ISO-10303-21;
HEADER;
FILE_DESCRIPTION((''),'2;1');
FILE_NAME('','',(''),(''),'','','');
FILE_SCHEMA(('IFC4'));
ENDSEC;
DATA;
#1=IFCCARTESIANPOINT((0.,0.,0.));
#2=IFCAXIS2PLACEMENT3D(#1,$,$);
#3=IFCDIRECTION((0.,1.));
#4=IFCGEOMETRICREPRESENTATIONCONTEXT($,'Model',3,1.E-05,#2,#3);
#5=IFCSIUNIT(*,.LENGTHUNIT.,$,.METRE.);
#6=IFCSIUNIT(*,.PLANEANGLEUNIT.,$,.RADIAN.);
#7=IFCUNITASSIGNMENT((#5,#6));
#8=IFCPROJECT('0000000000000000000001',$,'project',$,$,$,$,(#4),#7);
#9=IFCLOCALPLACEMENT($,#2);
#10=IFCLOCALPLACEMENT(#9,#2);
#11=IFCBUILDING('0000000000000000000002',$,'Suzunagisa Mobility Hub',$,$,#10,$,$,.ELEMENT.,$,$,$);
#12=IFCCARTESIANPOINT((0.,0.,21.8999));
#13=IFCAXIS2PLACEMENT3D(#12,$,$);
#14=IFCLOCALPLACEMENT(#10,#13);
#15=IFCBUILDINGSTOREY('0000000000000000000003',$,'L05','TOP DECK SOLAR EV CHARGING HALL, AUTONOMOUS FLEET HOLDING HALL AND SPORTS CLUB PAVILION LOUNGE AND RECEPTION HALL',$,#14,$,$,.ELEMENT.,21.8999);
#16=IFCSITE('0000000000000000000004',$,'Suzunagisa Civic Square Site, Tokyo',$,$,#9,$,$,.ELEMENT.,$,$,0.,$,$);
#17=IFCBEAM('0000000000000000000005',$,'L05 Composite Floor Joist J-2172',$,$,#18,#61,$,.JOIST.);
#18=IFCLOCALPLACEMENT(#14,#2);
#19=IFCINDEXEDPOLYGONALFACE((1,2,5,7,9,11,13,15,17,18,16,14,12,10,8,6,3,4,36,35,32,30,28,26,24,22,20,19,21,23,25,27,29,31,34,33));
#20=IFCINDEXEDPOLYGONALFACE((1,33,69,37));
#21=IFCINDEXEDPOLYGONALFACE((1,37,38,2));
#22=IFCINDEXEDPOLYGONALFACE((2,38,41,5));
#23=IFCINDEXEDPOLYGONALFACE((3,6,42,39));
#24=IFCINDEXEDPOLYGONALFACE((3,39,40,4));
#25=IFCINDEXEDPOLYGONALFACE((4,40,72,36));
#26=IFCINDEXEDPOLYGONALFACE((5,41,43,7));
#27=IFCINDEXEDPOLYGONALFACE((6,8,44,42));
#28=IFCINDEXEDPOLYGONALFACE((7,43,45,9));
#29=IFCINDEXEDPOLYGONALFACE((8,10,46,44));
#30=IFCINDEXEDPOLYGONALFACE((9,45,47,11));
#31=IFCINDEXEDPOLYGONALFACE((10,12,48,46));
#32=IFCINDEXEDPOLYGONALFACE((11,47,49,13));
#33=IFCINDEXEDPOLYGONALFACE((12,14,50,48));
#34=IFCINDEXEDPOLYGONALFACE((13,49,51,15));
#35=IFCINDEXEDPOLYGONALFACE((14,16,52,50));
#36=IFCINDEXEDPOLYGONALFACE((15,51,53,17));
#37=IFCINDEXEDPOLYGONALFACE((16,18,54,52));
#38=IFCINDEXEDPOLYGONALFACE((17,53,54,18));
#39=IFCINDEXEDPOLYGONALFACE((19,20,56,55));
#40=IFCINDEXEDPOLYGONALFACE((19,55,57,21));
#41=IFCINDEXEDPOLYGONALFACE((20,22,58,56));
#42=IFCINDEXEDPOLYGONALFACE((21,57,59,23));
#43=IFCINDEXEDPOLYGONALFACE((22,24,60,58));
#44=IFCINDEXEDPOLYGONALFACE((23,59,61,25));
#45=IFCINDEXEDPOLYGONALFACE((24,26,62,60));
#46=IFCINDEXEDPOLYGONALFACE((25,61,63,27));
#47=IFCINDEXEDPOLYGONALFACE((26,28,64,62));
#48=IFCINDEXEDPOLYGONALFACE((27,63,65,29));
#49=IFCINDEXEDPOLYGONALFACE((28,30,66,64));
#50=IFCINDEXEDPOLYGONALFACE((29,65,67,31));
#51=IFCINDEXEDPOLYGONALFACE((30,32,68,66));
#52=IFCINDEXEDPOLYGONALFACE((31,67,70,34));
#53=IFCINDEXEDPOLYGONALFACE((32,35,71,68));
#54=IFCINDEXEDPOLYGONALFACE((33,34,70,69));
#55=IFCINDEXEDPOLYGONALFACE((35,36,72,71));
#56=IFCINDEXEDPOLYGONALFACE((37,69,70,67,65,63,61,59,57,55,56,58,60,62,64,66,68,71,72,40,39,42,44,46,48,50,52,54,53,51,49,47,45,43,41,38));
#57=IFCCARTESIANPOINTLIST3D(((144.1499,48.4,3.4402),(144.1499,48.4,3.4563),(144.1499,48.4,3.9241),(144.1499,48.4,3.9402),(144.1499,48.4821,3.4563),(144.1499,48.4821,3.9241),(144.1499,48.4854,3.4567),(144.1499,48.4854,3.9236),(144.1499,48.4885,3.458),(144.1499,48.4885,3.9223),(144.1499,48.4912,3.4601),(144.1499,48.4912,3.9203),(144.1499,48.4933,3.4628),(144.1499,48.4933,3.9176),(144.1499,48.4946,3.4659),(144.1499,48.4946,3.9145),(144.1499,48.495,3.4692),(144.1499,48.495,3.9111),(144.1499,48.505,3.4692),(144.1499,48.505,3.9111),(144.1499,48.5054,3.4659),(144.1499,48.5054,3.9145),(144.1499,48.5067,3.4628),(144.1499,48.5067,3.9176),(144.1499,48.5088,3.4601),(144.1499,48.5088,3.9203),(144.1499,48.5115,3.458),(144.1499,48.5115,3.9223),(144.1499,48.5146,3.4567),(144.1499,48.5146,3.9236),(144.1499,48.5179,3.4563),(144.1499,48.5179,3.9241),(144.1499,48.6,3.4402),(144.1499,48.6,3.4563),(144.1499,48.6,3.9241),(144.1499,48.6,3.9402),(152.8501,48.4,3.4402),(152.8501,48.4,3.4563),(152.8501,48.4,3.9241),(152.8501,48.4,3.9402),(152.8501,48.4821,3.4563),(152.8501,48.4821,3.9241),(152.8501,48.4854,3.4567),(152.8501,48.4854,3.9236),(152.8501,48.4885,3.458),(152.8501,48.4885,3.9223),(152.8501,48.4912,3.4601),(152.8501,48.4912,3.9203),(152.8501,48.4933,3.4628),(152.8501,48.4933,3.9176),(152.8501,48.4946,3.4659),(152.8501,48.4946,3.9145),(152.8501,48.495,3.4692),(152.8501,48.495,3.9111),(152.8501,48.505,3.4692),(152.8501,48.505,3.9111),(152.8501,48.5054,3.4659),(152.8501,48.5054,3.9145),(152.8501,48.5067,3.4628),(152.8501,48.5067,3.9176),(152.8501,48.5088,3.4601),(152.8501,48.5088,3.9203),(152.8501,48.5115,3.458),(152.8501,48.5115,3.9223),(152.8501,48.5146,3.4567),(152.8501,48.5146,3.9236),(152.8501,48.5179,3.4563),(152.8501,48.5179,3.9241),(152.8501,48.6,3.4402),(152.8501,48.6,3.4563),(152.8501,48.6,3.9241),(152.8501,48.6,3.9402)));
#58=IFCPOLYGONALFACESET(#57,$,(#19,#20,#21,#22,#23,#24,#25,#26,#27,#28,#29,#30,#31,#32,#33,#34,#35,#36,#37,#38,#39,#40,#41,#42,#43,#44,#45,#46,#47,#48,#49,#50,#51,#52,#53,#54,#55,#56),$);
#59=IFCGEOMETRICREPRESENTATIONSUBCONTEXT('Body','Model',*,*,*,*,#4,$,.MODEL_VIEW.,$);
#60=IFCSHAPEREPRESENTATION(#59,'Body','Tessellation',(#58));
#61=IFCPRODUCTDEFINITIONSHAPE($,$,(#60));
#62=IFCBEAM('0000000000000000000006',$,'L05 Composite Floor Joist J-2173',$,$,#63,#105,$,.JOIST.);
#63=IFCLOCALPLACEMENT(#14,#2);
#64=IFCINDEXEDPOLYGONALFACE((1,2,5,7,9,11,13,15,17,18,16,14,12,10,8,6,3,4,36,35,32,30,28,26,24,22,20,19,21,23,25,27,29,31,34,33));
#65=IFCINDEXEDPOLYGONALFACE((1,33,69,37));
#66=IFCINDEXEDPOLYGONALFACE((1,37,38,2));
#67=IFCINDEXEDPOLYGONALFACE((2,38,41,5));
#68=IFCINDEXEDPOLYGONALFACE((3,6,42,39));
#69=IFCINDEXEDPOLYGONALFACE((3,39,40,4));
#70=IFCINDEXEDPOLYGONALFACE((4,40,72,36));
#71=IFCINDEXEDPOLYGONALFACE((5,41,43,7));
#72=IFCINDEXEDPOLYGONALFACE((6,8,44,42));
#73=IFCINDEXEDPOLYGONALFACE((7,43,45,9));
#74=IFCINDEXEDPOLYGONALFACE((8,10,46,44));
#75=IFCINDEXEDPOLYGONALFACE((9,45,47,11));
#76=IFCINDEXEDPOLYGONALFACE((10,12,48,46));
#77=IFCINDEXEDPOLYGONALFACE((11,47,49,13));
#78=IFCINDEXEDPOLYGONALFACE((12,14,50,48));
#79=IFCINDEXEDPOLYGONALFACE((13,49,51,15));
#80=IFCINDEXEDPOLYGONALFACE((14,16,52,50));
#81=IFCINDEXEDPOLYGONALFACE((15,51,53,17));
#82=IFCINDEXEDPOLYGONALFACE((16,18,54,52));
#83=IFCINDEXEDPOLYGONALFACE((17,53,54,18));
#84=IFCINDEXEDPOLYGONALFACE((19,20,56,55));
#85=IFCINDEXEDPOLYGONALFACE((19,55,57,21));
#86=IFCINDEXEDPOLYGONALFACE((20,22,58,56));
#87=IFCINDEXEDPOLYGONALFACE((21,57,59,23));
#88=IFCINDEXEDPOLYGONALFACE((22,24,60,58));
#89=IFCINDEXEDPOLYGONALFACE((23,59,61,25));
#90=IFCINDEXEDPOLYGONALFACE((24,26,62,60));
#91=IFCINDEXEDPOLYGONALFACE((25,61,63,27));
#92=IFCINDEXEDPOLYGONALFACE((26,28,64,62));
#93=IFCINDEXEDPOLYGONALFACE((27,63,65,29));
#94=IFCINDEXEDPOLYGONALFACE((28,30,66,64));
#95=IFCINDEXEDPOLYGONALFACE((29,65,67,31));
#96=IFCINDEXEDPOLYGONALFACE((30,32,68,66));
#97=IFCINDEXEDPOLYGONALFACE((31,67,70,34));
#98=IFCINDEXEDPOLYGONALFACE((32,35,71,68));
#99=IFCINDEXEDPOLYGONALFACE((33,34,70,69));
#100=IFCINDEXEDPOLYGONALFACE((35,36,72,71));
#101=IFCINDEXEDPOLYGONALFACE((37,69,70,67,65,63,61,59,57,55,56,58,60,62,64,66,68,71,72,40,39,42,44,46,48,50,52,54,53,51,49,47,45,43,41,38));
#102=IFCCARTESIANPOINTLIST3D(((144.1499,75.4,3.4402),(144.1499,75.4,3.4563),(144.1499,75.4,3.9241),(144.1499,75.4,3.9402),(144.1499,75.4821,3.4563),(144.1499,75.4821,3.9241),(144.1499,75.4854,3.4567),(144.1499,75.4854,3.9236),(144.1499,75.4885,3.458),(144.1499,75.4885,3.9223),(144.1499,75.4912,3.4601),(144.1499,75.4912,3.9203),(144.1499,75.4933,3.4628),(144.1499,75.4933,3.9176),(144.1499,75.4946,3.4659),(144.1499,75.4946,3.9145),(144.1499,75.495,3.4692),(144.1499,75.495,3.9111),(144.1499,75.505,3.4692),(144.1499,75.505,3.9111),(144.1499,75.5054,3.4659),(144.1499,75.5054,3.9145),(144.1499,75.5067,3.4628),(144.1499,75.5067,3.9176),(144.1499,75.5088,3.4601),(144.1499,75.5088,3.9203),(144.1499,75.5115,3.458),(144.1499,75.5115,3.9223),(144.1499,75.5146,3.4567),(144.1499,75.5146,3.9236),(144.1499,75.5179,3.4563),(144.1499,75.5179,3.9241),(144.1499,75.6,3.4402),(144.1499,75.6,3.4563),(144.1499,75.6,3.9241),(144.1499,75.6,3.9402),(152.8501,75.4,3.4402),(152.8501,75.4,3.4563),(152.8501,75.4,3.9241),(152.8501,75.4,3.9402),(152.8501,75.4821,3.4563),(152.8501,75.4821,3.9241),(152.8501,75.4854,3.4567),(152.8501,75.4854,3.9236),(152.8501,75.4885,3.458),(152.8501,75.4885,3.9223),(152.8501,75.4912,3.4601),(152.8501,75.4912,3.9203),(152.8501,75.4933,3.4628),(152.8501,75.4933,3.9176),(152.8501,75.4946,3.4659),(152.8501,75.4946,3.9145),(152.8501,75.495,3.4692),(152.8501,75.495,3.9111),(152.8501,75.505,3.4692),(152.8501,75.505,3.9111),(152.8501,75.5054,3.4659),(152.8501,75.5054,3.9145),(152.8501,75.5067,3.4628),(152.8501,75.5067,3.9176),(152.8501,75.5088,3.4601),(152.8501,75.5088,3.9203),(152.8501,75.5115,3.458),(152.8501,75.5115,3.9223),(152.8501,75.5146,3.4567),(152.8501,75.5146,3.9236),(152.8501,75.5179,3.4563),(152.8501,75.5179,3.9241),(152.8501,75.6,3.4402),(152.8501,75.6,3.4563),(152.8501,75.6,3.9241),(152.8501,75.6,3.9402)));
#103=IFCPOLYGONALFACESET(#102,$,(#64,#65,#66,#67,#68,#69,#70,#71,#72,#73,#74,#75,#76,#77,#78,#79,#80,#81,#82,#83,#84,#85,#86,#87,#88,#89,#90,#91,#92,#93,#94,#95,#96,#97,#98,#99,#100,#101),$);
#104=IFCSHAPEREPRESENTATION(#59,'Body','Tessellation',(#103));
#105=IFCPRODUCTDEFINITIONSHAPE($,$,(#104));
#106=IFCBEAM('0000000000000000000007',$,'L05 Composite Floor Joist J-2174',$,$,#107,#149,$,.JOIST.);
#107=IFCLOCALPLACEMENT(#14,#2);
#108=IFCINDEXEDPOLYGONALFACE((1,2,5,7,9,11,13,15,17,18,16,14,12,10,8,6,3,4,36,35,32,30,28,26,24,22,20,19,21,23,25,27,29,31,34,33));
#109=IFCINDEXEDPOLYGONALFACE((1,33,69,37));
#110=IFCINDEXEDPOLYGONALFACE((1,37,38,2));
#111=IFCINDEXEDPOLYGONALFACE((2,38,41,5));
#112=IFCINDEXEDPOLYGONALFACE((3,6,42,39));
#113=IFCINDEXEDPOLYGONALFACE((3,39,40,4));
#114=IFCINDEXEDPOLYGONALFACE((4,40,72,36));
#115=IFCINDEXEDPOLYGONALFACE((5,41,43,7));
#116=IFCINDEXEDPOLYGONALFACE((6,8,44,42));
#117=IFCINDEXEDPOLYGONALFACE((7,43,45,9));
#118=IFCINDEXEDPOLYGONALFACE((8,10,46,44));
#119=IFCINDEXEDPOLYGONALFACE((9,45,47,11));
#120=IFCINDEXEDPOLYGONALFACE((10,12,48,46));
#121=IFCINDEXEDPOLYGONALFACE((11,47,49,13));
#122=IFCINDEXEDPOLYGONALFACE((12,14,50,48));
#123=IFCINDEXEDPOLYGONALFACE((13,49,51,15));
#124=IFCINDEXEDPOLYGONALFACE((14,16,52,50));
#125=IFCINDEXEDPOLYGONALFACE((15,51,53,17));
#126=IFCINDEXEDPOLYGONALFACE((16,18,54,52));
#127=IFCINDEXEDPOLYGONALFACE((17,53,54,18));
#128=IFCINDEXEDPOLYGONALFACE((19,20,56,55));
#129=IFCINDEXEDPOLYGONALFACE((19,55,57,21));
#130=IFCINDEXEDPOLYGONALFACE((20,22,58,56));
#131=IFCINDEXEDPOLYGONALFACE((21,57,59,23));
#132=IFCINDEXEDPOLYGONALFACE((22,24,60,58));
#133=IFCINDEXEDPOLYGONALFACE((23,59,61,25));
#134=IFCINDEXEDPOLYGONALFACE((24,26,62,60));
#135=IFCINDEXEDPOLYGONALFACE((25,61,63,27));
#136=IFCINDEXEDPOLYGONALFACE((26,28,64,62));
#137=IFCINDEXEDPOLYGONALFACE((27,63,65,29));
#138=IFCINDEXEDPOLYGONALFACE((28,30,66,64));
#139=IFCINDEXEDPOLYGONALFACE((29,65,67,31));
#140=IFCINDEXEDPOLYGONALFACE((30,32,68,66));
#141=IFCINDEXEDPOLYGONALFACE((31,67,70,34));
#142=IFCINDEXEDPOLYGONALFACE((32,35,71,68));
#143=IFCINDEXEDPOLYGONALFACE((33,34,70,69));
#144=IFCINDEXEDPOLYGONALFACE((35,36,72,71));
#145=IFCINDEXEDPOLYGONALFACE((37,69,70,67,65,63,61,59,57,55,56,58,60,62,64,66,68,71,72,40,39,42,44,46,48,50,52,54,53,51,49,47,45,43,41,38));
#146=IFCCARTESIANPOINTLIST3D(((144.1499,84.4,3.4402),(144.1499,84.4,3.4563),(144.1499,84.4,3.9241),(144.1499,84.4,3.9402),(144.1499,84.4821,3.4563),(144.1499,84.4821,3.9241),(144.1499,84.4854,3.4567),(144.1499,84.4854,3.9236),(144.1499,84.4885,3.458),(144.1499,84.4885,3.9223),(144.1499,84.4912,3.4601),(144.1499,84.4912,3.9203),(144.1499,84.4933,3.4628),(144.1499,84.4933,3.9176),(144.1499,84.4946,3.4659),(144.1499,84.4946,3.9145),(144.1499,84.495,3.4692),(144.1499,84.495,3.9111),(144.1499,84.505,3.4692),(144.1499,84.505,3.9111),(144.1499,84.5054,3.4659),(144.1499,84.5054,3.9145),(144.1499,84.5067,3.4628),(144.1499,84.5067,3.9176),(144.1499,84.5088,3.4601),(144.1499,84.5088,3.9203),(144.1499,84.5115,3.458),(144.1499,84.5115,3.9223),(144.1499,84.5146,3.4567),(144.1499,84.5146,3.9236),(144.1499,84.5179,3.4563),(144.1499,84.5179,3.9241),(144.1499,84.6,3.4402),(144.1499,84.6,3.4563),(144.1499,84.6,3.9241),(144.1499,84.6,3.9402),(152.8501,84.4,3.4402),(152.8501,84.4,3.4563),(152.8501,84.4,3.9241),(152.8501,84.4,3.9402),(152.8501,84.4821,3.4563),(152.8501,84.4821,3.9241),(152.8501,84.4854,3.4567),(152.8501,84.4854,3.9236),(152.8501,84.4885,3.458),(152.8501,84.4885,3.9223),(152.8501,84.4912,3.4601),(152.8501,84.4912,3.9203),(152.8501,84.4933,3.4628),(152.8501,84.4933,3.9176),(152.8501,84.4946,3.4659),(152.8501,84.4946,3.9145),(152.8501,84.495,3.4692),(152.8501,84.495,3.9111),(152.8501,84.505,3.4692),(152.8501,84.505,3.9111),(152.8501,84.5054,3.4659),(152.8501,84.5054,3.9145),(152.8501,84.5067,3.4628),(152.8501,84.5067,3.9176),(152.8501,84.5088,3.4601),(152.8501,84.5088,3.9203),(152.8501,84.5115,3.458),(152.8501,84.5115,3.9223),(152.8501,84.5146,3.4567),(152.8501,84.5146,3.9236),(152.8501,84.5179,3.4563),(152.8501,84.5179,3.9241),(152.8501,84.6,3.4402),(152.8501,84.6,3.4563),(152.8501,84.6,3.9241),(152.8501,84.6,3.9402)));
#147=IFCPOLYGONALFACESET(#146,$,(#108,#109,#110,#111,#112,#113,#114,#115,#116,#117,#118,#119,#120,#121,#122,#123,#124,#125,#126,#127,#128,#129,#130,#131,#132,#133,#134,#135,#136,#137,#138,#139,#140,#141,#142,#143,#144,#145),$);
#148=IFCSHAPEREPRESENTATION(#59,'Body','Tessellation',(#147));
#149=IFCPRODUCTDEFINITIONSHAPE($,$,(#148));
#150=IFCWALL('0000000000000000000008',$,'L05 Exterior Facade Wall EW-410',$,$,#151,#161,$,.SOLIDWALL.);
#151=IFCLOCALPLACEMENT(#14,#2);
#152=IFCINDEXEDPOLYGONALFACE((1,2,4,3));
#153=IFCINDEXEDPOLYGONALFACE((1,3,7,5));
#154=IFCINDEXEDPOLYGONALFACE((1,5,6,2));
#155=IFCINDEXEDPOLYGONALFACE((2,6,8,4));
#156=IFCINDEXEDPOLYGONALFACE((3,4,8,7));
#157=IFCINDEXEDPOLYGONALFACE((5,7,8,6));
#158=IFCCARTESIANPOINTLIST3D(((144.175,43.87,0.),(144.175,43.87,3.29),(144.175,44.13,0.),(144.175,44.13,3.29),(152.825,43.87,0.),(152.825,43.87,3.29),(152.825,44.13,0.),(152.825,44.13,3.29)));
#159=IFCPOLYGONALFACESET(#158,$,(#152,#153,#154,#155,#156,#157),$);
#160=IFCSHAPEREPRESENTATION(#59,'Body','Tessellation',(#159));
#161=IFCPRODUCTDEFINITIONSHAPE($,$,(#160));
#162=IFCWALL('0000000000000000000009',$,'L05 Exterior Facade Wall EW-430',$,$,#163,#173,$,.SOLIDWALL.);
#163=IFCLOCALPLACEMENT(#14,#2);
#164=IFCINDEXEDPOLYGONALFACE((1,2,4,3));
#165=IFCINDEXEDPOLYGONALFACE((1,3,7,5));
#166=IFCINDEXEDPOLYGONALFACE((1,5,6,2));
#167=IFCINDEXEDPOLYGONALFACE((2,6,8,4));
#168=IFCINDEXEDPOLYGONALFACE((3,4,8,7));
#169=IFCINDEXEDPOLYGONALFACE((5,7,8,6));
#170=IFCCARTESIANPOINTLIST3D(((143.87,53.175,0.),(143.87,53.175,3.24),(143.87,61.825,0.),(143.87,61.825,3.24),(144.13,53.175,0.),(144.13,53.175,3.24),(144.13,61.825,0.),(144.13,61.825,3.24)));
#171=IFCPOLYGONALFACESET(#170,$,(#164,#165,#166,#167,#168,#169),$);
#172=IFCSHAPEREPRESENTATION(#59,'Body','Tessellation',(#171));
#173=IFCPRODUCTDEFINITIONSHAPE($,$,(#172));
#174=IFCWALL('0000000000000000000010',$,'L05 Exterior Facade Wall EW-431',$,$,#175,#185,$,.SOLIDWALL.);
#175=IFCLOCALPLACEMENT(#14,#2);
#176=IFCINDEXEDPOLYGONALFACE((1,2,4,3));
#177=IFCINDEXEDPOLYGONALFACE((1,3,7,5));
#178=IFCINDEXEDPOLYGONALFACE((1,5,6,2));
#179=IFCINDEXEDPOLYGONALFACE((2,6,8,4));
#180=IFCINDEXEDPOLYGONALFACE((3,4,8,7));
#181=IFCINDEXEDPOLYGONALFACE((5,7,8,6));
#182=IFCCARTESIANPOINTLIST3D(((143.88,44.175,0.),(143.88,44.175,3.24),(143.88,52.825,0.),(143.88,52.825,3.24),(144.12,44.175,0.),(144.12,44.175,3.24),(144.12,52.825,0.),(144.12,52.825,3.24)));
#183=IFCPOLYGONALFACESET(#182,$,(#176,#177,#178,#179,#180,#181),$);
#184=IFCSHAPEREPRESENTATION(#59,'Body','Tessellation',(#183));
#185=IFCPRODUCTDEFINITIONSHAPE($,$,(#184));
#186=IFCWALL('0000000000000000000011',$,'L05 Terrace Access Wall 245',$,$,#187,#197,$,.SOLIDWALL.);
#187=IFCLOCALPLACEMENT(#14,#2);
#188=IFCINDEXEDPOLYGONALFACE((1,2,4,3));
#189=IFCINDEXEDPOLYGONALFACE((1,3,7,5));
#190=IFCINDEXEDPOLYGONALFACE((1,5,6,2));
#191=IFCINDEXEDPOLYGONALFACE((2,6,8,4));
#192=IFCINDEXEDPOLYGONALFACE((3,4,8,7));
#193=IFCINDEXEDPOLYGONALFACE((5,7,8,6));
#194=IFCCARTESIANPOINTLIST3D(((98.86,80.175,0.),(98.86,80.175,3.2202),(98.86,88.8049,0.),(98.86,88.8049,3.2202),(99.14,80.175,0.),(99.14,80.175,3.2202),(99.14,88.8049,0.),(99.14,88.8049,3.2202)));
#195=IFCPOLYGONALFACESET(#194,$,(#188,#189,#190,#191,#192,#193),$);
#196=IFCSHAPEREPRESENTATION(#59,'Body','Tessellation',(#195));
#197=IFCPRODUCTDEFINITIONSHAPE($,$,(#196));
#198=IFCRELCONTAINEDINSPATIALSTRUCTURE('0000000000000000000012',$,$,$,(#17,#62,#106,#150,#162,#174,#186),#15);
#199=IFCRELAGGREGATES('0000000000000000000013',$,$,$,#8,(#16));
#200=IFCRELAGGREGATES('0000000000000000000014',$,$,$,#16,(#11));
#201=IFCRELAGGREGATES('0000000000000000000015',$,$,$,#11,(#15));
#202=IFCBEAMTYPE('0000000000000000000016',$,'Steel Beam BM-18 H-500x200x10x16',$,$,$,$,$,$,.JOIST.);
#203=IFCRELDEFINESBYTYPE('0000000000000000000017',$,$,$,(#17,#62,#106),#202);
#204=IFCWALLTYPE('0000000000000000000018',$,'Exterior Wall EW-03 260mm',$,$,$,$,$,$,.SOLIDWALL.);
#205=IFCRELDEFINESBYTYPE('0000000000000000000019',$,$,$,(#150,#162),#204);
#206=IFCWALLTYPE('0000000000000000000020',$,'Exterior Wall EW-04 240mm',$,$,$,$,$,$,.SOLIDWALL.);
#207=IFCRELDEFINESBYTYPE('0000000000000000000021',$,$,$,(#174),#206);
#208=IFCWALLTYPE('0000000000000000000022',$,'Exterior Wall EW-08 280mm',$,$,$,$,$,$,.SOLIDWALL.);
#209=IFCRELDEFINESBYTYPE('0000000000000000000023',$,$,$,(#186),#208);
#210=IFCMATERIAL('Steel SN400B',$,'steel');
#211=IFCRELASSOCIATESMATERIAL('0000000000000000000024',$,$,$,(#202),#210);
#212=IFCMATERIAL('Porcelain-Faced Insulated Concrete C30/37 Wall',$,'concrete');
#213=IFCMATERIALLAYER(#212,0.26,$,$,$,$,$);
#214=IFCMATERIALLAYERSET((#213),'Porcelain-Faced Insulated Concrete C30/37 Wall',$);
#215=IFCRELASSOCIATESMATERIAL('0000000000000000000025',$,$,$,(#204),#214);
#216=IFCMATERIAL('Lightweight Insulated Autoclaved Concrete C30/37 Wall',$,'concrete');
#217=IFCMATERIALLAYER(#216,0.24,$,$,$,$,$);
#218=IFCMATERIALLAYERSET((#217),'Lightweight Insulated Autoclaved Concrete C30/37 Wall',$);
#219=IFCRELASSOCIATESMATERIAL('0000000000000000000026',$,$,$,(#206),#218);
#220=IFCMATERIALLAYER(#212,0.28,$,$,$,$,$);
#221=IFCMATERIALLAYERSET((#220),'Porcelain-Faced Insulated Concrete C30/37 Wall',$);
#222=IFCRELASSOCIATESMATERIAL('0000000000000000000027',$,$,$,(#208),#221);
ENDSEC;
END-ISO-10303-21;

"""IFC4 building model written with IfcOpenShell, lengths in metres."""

from ifc_helpers import new_model, si_unit, direction, frame, frame_2d, origin, origin_2d, place, context, subcontext, project, spatial, rectangle, i_section, extrude, material, layer, layer_set, material_profile, profile_set, type_object, element, save


model = new_model("IFC4")

# Units and contexts
model_context = context("Model", 3, precision=1e-05, world=origin(), true_north=direction((0.0, 1.0)))
body_context = subcontext(model_context, "Body", "Model", "MODEL_VIEW")
ifc_project = project(units=[si_unit("LENGTHUNIT", "METRE"), si_unit("PLANEANGLEUNIT", "RADIAN")], contexts=[model_context])

# Site, building, storey
site_placement = place(None, origin())
site = spatial("IfcSite", under=ifc_project, at=site_placement, Name="Suzunagisa Civic Square Site, Tokyo", CompositionType="ELEMENT", RefElevation=0.0)
building_placement = place(site_placement, origin())
building = spatial("IfcBuilding", under=site, at=building_placement, Name="Suzunagisa Mobility Hub", CompositionType="ELEMENT")
storey_placement = place(building_placement, frame((0.0, 0.0, 21.8999)))
storey = spatial("IfcBuildingStorey", under=building, at=storey_placement, Name="L05", Description="TOP DECK SOLAR EV CHARGING HALL, AUTONOMOUS FLEET HOLDING HALL AND SPORTS CLUB PAVILION LOUNGE AND RECEPTION HALL", CompositionType="ELEMENT", Elevation=21.8999)

# Beams
ifc_material_1 = material(Name="Steel SN400B", Category="steel")
ifc_material_profile_1 = material_profile(ifc_material_1, i_section(OverallWidth=0.2, OverallDepth=0.5, WebThickness=0.01, FlangeThickness=0.0161, FilletRadius=0.0129, at=origin_2d()), Name="H-500x200x10x16")
ifc_profile_set_1 = profile_set([ifc_material_profile_1], Name="Steel SN400B")
beam_type_1 = type_object("IfcBeamType", Name="Steel Beam BM-18 H-500x200x10x16", PredefinedType="JOIST", material=ifc_profile_set_1)
for number, where, z_axis, x_axis, name in (
    (1, (144.1499, 48.5, 3.6902), (1.0, 0.0, 0.0), (0.0, 1.0, 0.0), "L05 Composite Floor Joist J-2172"),
    (2, (144.1499, 75.5, 3.6902), (1.0, 0.0, 0.0), (0.0, 1.0, 0.0), "L05 Composite Floor Joist J-2173"),
    (3, (144.1499, 84.5, 3.6902), (1.0, 0.0, 0.0), (0.0, 1.0, 0.0), "L05 Composite Floor Joist J-2174"),
):
    element("IfcBeam", number, at=place(storey_placement, frame(where, z_axis=z_axis, x_axis=x_axis)), inside=storey, type_object=beam_type_1, Name=name, PredefinedType="JOIST", context=body_context, shape_type="SweptSolid", body=[
        extrude(i_section(OverallWidth=0.2, OverallDepth=0.5, WebThickness=0.01, FlangeThickness=0.0161, FilletRadius=0.0129, at=origin_2d()), origin(), (0.0, 0.0, 1.0), 8.7002),
    ])

# Walls
ifc_material_2 = material(Name="Porcelain-Faced Insulated Concrete C30/37 Wall", Category="concrete")
ifc_layer_1 = layer(ifc_material_2, 0.26)
ifc_layer_set_1 = layer_set([ifc_layer_1], Name="Porcelain-Faced Insulated Concrete C30/37 Wall")
wall_type_1 = type_object("IfcWallType", Name="Exterior Wall EW-03 260mm", PredefinedType="SOLIDWALL", material=ifc_layer_set_1)
wall_1_placement = place(storey_placement, frame((144.175, 44.0, 0.0), z_axis=(0.0, 0.0, 1.0), x_axis=(1.0, 0.0, 0.0)))
element("IfcWall", 4, at=wall_1_placement, inside=storey, type_object=wall_type_1, Name="L05 Exterior Facade Wall EW-410", PredefinedType="SOLIDWALL", context=body_context, shape_type="SweptSolid", body=[
    extrude(rectangle(XDim=8.6499, YDim=0.26, at=frame_2d((4.325, 0.0))), origin(), (0.0, 0.0, 1.0), 3.29),
])
wall_2_placement = place(storey_placement, frame((144.0, 61.825, 0.0), z_axis=(0.0, 0.0, 1.0), x_axis=(0.0, -1.0, 0.0)))
element("IfcWall", 5, at=wall_2_placement, inside=storey, type_object=wall_type_1, Name="L05 Exterior Facade Wall EW-430", PredefinedType="SOLIDWALL", context=body_context, shape_type="SweptSolid", body=[
    extrude(rectangle(XDim=8.6499, YDim=0.26, at=frame_2d((4.325, 0.0))), origin(), (0.0, 0.0, 1.0), 3.24),
])
ifc_material_3 = material(Name="Lightweight Insulated Autoclaved Concrete C30/37 Wall", Category="concrete")
ifc_layer_2 = layer(ifc_material_3, 0.24)
ifc_layer_set_2 = layer_set([ifc_layer_2], Name="Lightweight Insulated Autoclaved Concrete C30/37 Wall")
wall_type_2 = type_object("IfcWallType", Name="Exterior Wall EW-04 240mm", PredefinedType="SOLIDWALL", material=ifc_layer_set_2)
wall_3_placement = place(storey_placement, frame((144.0, 52.825, 0.0), z_axis=(0.0, 0.0, 1.0), x_axis=(0.0, -1.0, 0.0)))
element("IfcWall", 6, at=wall_3_placement, inside=storey, type_object=wall_type_2, Name="L05 Exterior Facade Wall EW-431", PredefinedType="SOLIDWALL", context=body_context, shape_type="SweptSolid", body=[
    extrude(rectangle(XDim=8.6499, YDim=0.24, at=frame_2d((4.325, 0.0))), origin(), (0.0, 0.0, 1.0), 3.24),
])
ifc_layer_3 = layer(ifc_material_2, 0.28)
ifc_layer_set_3 = layer_set([ifc_layer_3], Name="Porcelain-Faced Insulated Concrete C30/37 Wall")
wall_type_3 = type_object("IfcWallType", Name="Exterior Wall EW-08 280mm", PredefinedType="SOLIDWALL", material=ifc_layer_set_3)
wall_4_placement = place(storey_placement, frame((99.0, 80.175, 0.0), z_axis=(0.0, 0.0, 1.0), x_axis=(0.0, 1.0, 0.0)))
element("IfcWall", 7, at=wall_4_placement, inside=storey, type_object=wall_type_3, Name="L05 Terrace Access Wall 245", PredefinedType="SOLIDWALL", context=body_context, shape_type="SweptSolid", body=[
    extrude(rectangle(XDim=8.6299, YDim=0.28, at=frame_2d((4.3149, 0.0))), origin(), (0.0, 0.0, 1.0), 3.2202),
])

save(model, "model.ifc")
